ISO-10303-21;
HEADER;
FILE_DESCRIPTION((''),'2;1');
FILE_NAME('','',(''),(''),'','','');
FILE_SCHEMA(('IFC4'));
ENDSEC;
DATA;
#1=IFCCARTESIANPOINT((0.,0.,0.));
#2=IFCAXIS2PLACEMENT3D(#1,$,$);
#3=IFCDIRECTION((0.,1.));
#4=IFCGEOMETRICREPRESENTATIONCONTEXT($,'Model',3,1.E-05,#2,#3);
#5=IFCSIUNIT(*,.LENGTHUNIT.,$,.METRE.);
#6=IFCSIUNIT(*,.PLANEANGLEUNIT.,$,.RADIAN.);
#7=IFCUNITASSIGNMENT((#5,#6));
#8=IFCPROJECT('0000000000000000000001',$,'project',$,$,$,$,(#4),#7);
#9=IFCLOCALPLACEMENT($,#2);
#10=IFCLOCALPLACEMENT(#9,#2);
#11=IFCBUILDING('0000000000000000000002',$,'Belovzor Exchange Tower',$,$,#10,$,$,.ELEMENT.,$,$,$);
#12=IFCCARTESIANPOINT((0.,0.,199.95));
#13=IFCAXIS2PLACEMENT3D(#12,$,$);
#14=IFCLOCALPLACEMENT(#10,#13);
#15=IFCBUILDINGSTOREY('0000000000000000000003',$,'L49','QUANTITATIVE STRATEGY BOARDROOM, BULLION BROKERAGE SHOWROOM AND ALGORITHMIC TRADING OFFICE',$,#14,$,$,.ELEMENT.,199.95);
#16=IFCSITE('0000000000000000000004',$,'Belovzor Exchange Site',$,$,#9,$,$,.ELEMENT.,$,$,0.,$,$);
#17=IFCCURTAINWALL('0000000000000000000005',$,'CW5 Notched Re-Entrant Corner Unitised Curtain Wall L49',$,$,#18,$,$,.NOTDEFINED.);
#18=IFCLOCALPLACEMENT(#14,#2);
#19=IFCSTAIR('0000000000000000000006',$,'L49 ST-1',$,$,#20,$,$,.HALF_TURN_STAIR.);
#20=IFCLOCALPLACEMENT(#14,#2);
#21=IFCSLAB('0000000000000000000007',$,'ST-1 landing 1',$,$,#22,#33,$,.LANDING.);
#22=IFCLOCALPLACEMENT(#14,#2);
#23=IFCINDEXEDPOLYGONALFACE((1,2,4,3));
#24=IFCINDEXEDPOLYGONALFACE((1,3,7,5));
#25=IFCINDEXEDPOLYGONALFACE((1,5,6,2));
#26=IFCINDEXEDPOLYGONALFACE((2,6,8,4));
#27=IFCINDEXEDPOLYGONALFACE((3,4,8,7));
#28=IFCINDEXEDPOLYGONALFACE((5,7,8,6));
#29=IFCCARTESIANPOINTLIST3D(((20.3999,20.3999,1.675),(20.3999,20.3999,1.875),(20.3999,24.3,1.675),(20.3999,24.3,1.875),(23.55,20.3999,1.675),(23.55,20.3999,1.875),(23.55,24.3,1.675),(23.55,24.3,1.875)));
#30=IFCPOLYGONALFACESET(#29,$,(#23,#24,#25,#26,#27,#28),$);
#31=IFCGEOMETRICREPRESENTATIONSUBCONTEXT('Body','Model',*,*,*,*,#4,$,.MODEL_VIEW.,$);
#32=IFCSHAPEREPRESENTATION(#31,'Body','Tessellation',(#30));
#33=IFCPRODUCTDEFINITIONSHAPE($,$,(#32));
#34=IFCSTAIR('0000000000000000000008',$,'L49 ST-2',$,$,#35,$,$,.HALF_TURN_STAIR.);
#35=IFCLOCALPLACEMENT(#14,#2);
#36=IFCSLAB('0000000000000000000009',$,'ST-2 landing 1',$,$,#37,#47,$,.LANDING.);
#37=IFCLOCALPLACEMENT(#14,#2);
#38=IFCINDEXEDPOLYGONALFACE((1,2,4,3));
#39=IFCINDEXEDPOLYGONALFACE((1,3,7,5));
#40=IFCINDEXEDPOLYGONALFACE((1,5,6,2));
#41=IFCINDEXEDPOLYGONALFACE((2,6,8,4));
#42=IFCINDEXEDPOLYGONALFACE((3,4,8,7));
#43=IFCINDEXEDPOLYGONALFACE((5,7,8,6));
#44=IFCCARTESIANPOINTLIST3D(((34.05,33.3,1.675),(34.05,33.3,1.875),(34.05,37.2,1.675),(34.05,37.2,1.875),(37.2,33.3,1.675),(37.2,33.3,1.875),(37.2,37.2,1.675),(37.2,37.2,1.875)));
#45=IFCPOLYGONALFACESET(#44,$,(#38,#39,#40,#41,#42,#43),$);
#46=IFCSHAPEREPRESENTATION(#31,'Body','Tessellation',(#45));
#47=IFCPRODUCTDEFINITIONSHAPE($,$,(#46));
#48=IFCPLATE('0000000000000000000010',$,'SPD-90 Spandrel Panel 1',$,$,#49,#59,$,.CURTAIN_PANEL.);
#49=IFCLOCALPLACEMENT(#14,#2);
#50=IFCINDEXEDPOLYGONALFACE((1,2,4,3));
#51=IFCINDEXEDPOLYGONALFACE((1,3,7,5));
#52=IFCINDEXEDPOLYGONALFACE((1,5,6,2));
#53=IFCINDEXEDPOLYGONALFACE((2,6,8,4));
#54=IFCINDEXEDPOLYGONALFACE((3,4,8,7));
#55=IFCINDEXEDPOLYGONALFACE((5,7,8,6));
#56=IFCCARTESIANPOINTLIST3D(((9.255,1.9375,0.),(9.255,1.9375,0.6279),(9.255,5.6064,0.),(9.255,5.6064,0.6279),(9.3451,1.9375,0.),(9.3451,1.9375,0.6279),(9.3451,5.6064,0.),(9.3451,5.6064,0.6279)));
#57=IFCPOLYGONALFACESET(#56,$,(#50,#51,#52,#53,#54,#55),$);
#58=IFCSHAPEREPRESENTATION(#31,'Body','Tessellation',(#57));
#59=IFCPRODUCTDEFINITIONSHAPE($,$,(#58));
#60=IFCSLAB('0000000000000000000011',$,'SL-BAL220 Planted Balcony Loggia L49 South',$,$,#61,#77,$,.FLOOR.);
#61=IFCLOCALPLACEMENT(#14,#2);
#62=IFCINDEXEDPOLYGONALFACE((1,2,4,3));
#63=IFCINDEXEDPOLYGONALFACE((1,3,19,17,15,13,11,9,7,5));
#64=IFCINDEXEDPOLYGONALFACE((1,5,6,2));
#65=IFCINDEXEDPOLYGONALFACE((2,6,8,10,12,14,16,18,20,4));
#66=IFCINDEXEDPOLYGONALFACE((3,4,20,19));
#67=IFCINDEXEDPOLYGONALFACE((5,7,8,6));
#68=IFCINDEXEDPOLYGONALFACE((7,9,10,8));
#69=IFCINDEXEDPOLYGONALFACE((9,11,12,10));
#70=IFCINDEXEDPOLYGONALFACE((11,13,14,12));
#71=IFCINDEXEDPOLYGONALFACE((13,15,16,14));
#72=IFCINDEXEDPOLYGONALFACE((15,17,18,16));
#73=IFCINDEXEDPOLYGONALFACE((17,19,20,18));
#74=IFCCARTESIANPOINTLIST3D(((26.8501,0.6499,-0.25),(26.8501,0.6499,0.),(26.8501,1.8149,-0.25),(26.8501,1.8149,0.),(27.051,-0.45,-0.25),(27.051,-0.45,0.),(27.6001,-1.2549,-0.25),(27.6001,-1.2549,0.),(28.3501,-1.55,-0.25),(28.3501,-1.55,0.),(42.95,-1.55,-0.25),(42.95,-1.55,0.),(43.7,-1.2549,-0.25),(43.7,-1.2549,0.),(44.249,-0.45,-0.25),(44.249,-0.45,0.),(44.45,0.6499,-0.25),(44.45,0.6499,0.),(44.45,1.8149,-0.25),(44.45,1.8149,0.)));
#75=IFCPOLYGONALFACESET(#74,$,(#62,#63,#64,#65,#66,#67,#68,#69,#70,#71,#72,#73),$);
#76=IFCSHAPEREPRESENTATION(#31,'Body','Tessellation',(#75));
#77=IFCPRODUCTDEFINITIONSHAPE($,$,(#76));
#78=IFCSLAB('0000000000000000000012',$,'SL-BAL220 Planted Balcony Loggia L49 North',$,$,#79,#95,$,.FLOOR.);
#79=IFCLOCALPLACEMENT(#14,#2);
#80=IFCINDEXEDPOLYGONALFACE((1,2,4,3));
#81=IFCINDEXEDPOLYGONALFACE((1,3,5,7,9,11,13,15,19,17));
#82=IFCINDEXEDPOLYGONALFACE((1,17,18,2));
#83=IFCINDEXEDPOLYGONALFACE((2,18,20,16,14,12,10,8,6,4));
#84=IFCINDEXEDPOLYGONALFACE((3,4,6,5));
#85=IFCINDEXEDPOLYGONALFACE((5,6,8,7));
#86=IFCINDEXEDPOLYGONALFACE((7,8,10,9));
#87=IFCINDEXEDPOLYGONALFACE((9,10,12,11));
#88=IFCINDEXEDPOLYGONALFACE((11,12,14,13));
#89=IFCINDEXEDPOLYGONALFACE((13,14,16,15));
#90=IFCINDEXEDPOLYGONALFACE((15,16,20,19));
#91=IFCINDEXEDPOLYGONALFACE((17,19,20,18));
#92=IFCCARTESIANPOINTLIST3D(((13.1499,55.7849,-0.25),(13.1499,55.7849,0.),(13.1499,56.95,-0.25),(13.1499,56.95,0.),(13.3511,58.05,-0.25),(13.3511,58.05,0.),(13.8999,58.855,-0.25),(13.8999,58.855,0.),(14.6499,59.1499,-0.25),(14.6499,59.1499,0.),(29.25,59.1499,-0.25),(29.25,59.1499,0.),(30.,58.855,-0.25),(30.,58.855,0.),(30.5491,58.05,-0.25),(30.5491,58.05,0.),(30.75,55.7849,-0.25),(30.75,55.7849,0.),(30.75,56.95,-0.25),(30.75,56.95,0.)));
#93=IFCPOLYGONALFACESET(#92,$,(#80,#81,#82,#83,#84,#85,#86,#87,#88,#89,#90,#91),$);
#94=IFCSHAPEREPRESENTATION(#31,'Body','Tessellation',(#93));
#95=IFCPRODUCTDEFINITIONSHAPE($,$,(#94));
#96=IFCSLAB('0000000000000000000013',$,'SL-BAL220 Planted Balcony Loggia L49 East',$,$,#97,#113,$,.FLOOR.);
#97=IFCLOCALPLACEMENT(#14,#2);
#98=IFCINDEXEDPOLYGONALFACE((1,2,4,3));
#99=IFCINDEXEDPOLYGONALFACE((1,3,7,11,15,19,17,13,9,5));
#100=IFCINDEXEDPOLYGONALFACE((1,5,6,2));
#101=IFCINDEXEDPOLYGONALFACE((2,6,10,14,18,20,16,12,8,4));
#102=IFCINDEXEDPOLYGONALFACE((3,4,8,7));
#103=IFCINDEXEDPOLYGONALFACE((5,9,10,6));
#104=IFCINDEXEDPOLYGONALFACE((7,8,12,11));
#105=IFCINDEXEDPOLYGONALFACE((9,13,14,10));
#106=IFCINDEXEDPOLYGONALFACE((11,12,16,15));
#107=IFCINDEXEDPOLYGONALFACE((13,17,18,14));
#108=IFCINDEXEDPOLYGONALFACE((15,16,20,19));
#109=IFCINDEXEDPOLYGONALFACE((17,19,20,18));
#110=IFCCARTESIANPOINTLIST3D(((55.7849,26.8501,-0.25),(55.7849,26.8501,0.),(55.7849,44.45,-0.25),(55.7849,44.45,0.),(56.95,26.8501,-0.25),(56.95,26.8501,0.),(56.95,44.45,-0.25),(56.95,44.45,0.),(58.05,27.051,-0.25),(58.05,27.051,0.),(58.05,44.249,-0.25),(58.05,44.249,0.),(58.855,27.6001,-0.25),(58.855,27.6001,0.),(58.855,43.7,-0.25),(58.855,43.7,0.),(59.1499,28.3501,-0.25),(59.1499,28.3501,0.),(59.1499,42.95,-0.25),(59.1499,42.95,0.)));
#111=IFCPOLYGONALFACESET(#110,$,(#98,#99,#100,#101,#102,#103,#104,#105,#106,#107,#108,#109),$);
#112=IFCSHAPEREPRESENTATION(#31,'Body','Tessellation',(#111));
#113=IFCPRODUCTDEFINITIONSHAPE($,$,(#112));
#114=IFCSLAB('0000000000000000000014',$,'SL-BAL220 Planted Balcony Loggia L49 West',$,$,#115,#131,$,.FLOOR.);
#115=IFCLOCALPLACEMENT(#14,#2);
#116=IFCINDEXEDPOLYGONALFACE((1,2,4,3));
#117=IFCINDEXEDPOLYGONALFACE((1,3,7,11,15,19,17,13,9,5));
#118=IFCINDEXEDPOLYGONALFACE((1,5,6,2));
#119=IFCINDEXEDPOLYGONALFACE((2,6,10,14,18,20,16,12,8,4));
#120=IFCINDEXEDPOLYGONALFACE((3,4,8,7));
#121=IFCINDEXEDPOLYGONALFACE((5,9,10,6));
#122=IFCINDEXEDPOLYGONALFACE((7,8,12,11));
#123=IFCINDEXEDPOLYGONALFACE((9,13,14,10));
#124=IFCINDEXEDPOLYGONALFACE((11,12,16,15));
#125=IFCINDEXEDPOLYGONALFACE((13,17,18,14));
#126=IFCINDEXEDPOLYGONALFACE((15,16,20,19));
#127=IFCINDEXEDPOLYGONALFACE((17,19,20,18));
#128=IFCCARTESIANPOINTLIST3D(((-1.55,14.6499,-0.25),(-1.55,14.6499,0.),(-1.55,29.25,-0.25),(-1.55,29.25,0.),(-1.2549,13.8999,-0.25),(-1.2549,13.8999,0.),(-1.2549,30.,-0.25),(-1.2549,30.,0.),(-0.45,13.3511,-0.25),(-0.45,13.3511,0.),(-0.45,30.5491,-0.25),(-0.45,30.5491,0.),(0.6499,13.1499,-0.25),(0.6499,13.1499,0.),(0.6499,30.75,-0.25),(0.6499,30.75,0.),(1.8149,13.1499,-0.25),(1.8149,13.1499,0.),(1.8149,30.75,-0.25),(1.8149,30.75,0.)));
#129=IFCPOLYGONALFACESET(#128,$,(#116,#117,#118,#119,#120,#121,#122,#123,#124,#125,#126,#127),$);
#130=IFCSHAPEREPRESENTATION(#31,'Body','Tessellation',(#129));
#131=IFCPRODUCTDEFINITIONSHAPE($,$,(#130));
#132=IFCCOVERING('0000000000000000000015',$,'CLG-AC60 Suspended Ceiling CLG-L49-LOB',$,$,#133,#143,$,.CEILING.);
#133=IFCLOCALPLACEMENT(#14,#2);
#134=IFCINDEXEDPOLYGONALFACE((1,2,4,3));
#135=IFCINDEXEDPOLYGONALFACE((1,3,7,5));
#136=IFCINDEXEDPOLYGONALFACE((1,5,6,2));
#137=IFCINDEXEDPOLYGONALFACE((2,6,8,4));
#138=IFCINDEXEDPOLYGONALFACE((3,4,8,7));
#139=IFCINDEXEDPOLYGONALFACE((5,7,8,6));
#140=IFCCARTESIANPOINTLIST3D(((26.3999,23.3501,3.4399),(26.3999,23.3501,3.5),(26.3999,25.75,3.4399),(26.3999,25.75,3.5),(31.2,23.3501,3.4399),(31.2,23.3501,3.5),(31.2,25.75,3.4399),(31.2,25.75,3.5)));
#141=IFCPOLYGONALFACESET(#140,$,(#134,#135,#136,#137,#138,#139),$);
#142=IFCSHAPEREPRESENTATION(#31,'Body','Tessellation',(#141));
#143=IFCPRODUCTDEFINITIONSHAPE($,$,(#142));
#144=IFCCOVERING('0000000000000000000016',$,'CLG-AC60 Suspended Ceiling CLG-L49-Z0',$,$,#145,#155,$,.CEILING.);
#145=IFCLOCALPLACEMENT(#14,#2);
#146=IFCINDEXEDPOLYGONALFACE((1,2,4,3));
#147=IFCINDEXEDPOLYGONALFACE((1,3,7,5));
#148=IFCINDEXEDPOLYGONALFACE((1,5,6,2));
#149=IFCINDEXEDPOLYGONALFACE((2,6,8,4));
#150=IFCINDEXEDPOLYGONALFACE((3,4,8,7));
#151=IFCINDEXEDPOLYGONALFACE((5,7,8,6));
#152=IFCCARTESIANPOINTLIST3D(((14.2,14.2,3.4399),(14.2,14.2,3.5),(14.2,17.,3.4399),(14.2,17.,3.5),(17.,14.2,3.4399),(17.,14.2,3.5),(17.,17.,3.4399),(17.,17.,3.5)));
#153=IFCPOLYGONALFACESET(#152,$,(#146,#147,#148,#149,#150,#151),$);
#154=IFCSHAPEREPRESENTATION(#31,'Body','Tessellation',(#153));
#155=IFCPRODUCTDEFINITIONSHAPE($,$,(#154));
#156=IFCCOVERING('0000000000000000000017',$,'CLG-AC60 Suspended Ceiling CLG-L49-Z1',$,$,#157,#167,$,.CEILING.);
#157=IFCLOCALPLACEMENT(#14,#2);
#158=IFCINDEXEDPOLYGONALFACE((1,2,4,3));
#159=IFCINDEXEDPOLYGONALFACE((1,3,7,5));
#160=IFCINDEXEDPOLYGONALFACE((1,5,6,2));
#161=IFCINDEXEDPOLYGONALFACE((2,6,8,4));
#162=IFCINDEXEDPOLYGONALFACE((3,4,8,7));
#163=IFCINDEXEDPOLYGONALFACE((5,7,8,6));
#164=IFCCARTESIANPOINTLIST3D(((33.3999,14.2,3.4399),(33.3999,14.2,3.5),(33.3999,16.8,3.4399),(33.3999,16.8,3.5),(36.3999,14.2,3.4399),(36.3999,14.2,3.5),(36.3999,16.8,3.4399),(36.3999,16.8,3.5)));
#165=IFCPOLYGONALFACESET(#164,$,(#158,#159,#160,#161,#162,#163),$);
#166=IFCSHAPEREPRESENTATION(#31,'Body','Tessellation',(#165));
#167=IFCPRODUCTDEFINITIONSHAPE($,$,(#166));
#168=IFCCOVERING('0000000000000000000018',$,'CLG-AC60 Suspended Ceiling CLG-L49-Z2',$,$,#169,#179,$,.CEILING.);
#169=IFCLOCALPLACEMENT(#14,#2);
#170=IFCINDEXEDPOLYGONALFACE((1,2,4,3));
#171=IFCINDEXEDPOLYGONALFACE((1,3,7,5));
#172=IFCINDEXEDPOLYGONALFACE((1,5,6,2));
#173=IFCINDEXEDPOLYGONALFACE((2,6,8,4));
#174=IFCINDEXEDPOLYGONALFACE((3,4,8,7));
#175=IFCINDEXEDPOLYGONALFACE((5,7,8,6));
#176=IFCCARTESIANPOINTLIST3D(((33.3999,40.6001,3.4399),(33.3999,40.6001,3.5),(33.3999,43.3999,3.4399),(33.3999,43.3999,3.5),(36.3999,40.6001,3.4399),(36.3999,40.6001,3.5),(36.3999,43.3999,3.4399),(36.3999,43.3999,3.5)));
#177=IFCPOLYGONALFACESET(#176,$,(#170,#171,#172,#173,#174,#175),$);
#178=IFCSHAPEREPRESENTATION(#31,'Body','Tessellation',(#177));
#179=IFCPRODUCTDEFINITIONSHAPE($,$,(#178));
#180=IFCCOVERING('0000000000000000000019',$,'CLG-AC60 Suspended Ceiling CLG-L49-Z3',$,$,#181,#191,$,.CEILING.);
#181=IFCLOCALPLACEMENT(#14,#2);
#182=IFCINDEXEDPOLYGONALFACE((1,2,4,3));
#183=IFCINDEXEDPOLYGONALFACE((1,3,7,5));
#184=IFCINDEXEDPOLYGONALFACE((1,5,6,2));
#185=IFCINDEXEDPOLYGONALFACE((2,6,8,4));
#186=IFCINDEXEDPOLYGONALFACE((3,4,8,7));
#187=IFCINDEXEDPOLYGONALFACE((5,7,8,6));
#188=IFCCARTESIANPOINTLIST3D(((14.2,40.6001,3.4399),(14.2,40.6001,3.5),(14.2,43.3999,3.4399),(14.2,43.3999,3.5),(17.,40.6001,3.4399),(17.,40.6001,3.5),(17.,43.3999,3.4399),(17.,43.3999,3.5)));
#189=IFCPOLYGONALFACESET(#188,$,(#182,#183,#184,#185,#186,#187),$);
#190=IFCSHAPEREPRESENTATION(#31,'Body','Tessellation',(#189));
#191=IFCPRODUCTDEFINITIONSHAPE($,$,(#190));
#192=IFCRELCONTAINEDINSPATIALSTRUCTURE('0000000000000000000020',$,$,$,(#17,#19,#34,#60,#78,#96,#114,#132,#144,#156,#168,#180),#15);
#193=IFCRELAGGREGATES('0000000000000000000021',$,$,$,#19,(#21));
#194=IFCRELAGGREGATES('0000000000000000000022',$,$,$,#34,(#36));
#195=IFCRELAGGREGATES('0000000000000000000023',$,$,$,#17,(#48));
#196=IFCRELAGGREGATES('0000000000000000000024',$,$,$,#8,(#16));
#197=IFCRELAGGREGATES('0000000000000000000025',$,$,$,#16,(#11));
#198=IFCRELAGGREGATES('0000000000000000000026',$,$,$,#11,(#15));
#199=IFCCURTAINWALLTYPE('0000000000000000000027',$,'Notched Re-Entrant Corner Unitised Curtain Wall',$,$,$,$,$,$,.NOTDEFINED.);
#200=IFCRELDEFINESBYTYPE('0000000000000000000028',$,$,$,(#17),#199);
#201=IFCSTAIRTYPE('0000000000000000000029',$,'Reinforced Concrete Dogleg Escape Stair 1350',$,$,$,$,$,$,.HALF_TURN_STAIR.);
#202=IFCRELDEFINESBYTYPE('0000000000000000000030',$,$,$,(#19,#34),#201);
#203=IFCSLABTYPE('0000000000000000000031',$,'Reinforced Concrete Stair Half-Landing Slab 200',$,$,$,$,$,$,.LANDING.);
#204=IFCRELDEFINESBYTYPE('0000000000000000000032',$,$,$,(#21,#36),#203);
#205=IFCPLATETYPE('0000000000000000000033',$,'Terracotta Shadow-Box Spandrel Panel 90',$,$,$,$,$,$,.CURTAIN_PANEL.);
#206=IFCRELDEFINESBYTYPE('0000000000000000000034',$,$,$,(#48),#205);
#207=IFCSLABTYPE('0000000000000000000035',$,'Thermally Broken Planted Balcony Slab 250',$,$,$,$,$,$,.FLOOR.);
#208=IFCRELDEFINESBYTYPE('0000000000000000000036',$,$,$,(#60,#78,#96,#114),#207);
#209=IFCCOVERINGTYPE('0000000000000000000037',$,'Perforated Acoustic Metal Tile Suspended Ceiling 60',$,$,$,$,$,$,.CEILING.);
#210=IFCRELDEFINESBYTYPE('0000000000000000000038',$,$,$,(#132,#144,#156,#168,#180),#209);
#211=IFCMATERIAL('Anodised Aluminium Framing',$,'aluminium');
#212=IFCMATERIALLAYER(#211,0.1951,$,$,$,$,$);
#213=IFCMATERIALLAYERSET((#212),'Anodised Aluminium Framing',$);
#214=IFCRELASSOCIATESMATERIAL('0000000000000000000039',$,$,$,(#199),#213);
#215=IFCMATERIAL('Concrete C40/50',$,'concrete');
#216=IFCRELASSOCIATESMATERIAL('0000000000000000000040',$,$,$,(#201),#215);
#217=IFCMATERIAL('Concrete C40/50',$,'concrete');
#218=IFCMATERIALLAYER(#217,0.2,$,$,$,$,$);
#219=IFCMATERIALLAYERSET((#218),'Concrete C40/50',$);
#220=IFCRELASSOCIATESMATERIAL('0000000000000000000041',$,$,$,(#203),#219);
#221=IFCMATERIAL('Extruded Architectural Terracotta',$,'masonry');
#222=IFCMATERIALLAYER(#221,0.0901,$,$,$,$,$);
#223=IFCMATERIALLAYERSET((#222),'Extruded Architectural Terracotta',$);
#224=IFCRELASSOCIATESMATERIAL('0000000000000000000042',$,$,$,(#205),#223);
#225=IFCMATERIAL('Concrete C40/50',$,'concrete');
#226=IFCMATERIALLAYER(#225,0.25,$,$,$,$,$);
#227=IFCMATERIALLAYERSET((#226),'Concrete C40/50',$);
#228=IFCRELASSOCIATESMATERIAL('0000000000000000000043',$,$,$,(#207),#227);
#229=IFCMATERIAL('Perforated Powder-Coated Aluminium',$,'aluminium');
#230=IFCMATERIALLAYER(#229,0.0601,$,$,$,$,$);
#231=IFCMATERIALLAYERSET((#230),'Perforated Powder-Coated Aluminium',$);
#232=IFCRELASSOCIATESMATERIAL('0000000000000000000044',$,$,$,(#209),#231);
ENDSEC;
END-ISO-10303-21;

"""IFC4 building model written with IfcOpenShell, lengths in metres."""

from ifc_helpers import new_model, si_unit, direction, frame, origin, origin_2d, place, context, subcontext, project, spatial, polyline, rectangle, outline, extrude, material, layer, layer_set, type_object, element, aggregate, save


model = new_model("IFC4")

# Units and contexts
model_context = context("Model", 3, precision=1e-05, world=origin(), true_north=direction((0.0, 1.0)))
body_context = subcontext(model_context, "Body", "Model", "MODEL_VIEW")
ifc_project = project(units=[si_unit("LENGTHUNIT", "METRE"), si_unit("PLANEANGLEUNIT", "RADIAN")], contexts=[model_context])

# Site, building, storey
site_placement = place(None, origin())
site = spatial("IfcSite", under=ifc_project, at=site_placement, Name="Belovzor Exchange Site", CompositionType="ELEMENT", RefElevation=0.0)
building_placement = place(site_placement, origin())
building = spatial("IfcBuilding", under=site, at=building_placement, Name="Belovzor Exchange Tower", CompositionType="ELEMENT")
storey_placement = place(building_placement, frame((0.0, 0.0, 199.95)))
storey = spatial("IfcBuildingStorey", under=building, at=storey_placement, Name="L49", Description="QUANTITATIVE STRATEGY BOARDROOM, BULLION BROKERAGE SHOWROOM AND ALGORITHMIC TRADING OFFICE", CompositionType="ELEMENT", Elevation=199.95)

# Curtain wall
ifc_material_1 = material(Name="Anodised Aluminium Framing", Category="aluminium")
ifc_layer_1 = layer(ifc_material_1, 0.1951)
ifc_layer_set_1 = layer_set([ifc_layer_1], Name="Anodised Aluminium Framing")
curtain_wall_type = type_object("IfcCurtainWallType", Name="Notched Re-Entrant Corner Unitised Curtain Wall", PredefinedType="NOTDEFINED", material=ifc_layer_set_1)
curtain_wall_placement = place(storey_placement, origin())
curtain_wall = element("IfcCurtainWall", 1, at=curtain_wall_placement, inside=storey, type_object=curtain_wall_type, Name="CW5 Notched Re-Entrant Corner Unitised Curtain Wall L49", PredefinedType="NOTDEFINED")

# Stairs, slabs
ifc_material_2 = material(Name="Concrete C40/50", Category="concrete")
stair_type = type_object("IfcStairType", Name="Reinforced Concrete Dogleg Escape Stair 1350", PredefinedType="HALF_TURN_STAIR", material=ifc_material_2)
stair_1_placement = place(storey_placement, origin())
stair_1 = element("IfcStair", 2, at=stair_1_placement, inside=storey, type_object=stair_type, Name="L49 ST-1", PredefinedType="HALF_TURN_STAIR")
ifc_material_3 = material(Name="Concrete C40/50", Category="concrete")
ifc_layer_2 = layer(ifc_material_3, 0.2)
ifc_layer_set_2 = layer_set([ifc_layer_2], Name="Concrete C40/50")
slab_type_1 = type_object("IfcSlabType", Name="Reinforced Concrete Stair Half-Landing Slab 200", PredefinedType="LANDING", material=ifc_layer_set_2)
slab_1_placement = place(storey_placement, frame((0.0, 0.0, 1.675)))
slab_1 = element("IfcSlab", 3, at=slab_1_placement, type_object=slab_type_1, Name="ST-1 landing 1", PredefinedType="LANDING", context=body_context, shape_type="SweptSolid", body=[
    extrude(outline(polyline([(20.3999, 24.3), (20.3999, 20.3999), (23.55, 20.3999), (23.55, 24.3), (20.3999, 24.3)])), origin(), (0.0, 0.0, 1.0), 0.2),
])
aggregate(stair_1, [slab_1])
stair_2_placement = place(storey_placement, origin())
stair_2 = element("IfcStair", 4, at=stair_2_placement, inside=storey, type_object=stair_type, Name="L49 ST-2", PredefinedType="HALF_TURN_STAIR")
slab_2_placement = place(storey_placement, frame((0.0, 0.0, 1.675)))
slab_2 = element("IfcSlab", 5, at=slab_2_placement, type_object=slab_type_1, Name="ST-2 landing 1", PredefinedType="LANDING", context=body_context, shape_type="SweptSolid", body=[
    extrude(outline(polyline([(37.2, 33.3), (37.2, 37.2), (34.05, 37.2), (34.05, 33.3), (37.2, 33.3)])), origin(), (0.0, 0.0, 1.0), 0.2),
])
aggregate(stair_2, [slab_2])

# Plate
ifc_material_4 = material(Name="Extruded Architectural Terracotta", Category="masonry")
ifc_layer_3 = layer(ifc_material_4, 0.0901)
ifc_layer_set_3 = layer_set([ifc_layer_3], Name="Extruded Architectural Terracotta")
plate_type_1 = type_object("IfcPlateType", Name="Terracotta Shadow-Box Spandrel Panel 90", PredefinedType="CURTAIN_PANEL", material=ifc_layer_set_3)
plate_1_placement = place(storey_placement, frame((9.3, 3.772, 0.0), z_axis=(0.0, 0.0, 1.0), x_axis=(0.0, 1.0, 0.0)))
plate_1 = element("IfcPlate", 6, at=plate_1_placement, type_object=plate_type_1, Name="SPD-90 Spandrel Panel 1", PredefinedType="CURTAIN_PANEL", context=body_context, shape_type="SweptSolid", body=[
    extrude(rectangle(XDim=3.6689, YDim=0.0901, at=origin_2d()), origin(), (0.0, 0.0, 1.0), 0.6279),
])
aggregate(curtain_wall, [plate_1])

# Slabs
ifc_material_5 = material(Name="Concrete C40/50", Category="concrete")
ifc_layer_4 = layer(ifc_material_5, 0.25)
ifc_layer_set_4 = layer_set([ifc_layer_4], Name="Concrete C40/50")
slab_type_2 = type_object("IfcSlabType", Name="Thermally Broken Planted Balcony Slab 250", PredefinedType="FLOOR", material=ifc_layer_set_4)
slab_3_placement = place(storey_placement, frame((0.0, 0.0, -0.25)))
element("IfcSlab", 7, at=slab_3_placement, inside=storey, type_object=slab_type_2, Name="SL-BAL220 Planted Balcony Loggia L49 South", PredefinedType="FLOOR", context=body_context, shape_type="SweptSolid", body=[
    extrude(outline(polyline([(26.8501, 1.8149), (26.8501, 0.6499), (27.051, -0.45), (27.6001, -1.2549), (28.3501, -1.55), (42.95, -1.55), (43.7, -1.2549), (44.249, -0.45), (44.45, 0.6499), (44.45, 1.8149), (26.8501, 1.8149)])), origin(), (0.0, 0.0, 1.0), 0.25),
])
slab_4_placement = place(storey_placement, frame((0.0, 0.0, -0.25)))
element("IfcSlab", 8, at=slab_4_placement, inside=storey, type_object=slab_type_2, Name="SL-BAL220 Planted Balcony Loggia L49 North", PredefinedType="FLOOR", context=body_context, shape_type="SweptSolid", body=[
    extrude(outline(polyline([(30.75, 55.7849), (30.75, 56.95), (30.5491, 58.05), (30.0, 58.855), (29.25, 59.1499), (14.6499, 59.1499), (13.8999, 58.855), (13.3511, 58.05), (13.1499, 56.95), (13.1499, 55.7849), (30.75, 55.7849)])), origin(), (0.0, 0.0, 1.0), 0.25),
])
slab_5_placement = place(storey_placement, frame((0.0, 0.0, -0.25)))
element("IfcSlab", 9, at=slab_5_placement, inside=storey, type_object=slab_type_2, Name="SL-BAL220 Planted Balcony Loggia L49 East", PredefinedType="FLOOR", context=body_context, shape_type="SweptSolid", body=[
    extrude(outline(polyline([(55.7849, 26.8501), (56.95, 26.8501), (58.05, 27.051), (58.855, 27.6001), (59.1499, 28.3501), (59.1499, 42.95), (58.855, 43.7), (58.05, 44.249), (56.95, 44.45), (55.7849, 44.45), (55.7849, 26.8501)])), origin(), (0.0, 0.0, 1.0), 0.25),
])
slab_6_placement = place(storey_placement, frame((0.0, 0.0, -0.25)))
element("IfcSlab", 10, at=slab_6_placement, inside=storey, type_object=slab_type_2, Name="SL-BAL220 Planted Balcony Loggia L49 West", PredefinedType="FLOOR", context=body_context, shape_type="SweptSolid", body=[
    extrude(outline(polyline([(1.8149, 30.75), (0.6499, 30.75), (-0.45, 30.5491), (-1.2549, 30.0), (-1.55, 29.25), (-1.55, 14.6499), (-1.2549, 13.8999), (-0.45, 13.3511), (0.6499, 13.1499), (1.8149, 13.1499), (1.8149, 30.75)])), origin(), (0.0, 0.0, 1.0), 0.25),
])

# Coverings
ifc_material_6 = material(Name="Perforated Powder-Coated Aluminium", Category="aluminium")
ifc_layer_5 = layer(ifc_material_6, 0.0601)
ifc_layer_set_5 = layer_set([ifc_layer_5], Name="Perforated Powder-Coated Aluminium")
covering_type_1 = type_object("IfcCoveringType", Name="Perforated Acoustic Metal Tile Suspended Ceiling 60", PredefinedType="CEILING", material=ifc_layer_set_5)
covering_1_placement = place(storey_placement, frame((0.0, 0.0, 3.4399)))
element("IfcCovering", 11, at=covering_1_placement, inside=storey, type_object=covering_type_1, Name="CLG-AC60 Suspended Ceiling CLG-L49-LOB", PredefinedType="CEILING", context=body_context, shape_type="SweptSolid", body=[
    extrude(outline(polyline([(26.3999, 23.3501), (31.2, 23.3501), (31.2, 25.75), (26.3999, 25.75), (26.3999, 23.3501)])), origin(), (0.0, 0.0, 1.0), 0.0601),
])
covering_2_placement = place(storey_placement, frame((0.0, 0.0, 3.4399)))
element("IfcCovering", 12, at=covering_2_placement, inside=storey, type_object=covering_type_1, Name="CLG-AC60 Suspended Ceiling CLG-L49-Z0", PredefinedType="CEILING", context=body_context, shape_type="SweptSolid", body=[
    extrude(outline(polyline([(14.2, 14.2), (17.0, 14.2), (17.0, 17.0), (14.2, 17.0), (14.2, 14.2)])), origin(), (0.0, 0.0, 1.0), 0.0601),
])
covering_3_placement = place(storey_placement, frame((0.0, 0.0, 3.4399)))
element("IfcCovering", 13, at=covering_3_placement, inside=storey, type_object=covering_type_1, Name="CLG-AC60 Suspended Ceiling CLG-L49-Z1", PredefinedType="CEILING", context=body_context, shape_type="SweptSolid", body=[
    extrude(outline(polyline([(33.3999, 14.2), (36.3999, 14.2), (36.3999, 16.8), (33.3999, 16.8), (33.3999, 14.2)])), origin(), (0.0, 0.0, 1.0), 0.0601),
])
covering_4_placement = place(storey_placement, frame((0.0, 0.0, 3.4399)))
element("IfcCovering", 14, at=covering_4_placement, inside=storey, type_object=covering_type_1, Name="CLG-AC60 Suspended Ceiling CLG-L49-Z2", PredefinedType="CEILING", context=body_context, shape_type="SweptSolid", body=[
    extrude(outline(polyline([(33.3999, 40.6001), (36.3999, 40.6001), (36.3999, 43.3999), (33.3999, 43.3999), (33.3999, 40.6001)])), origin(), (0.0, 0.0, 1.0), 0.0601),
])
covering_5_placement = place(storey_placement, frame((0.0, 0.0, 3.4399)))
element("IfcCovering", 15, at=covering_5_placement, inside=storey, type_object=covering_type_1, Name="CLG-AC60 Suspended Ceiling CLG-L49-Z3", PredefinedType="CEILING", context=body_context, shape_type="SweptSolid", body=[
    extrude(outline(polyline([(14.2, 40.6001), (17.0, 40.6001), (17.0, 43.3999), (14.2, 43.3999), (14.2, 40.6001)])), origin(), (0.0, 0.0, 1.0), 0.0601),
])

save(model, "model.ifc")
